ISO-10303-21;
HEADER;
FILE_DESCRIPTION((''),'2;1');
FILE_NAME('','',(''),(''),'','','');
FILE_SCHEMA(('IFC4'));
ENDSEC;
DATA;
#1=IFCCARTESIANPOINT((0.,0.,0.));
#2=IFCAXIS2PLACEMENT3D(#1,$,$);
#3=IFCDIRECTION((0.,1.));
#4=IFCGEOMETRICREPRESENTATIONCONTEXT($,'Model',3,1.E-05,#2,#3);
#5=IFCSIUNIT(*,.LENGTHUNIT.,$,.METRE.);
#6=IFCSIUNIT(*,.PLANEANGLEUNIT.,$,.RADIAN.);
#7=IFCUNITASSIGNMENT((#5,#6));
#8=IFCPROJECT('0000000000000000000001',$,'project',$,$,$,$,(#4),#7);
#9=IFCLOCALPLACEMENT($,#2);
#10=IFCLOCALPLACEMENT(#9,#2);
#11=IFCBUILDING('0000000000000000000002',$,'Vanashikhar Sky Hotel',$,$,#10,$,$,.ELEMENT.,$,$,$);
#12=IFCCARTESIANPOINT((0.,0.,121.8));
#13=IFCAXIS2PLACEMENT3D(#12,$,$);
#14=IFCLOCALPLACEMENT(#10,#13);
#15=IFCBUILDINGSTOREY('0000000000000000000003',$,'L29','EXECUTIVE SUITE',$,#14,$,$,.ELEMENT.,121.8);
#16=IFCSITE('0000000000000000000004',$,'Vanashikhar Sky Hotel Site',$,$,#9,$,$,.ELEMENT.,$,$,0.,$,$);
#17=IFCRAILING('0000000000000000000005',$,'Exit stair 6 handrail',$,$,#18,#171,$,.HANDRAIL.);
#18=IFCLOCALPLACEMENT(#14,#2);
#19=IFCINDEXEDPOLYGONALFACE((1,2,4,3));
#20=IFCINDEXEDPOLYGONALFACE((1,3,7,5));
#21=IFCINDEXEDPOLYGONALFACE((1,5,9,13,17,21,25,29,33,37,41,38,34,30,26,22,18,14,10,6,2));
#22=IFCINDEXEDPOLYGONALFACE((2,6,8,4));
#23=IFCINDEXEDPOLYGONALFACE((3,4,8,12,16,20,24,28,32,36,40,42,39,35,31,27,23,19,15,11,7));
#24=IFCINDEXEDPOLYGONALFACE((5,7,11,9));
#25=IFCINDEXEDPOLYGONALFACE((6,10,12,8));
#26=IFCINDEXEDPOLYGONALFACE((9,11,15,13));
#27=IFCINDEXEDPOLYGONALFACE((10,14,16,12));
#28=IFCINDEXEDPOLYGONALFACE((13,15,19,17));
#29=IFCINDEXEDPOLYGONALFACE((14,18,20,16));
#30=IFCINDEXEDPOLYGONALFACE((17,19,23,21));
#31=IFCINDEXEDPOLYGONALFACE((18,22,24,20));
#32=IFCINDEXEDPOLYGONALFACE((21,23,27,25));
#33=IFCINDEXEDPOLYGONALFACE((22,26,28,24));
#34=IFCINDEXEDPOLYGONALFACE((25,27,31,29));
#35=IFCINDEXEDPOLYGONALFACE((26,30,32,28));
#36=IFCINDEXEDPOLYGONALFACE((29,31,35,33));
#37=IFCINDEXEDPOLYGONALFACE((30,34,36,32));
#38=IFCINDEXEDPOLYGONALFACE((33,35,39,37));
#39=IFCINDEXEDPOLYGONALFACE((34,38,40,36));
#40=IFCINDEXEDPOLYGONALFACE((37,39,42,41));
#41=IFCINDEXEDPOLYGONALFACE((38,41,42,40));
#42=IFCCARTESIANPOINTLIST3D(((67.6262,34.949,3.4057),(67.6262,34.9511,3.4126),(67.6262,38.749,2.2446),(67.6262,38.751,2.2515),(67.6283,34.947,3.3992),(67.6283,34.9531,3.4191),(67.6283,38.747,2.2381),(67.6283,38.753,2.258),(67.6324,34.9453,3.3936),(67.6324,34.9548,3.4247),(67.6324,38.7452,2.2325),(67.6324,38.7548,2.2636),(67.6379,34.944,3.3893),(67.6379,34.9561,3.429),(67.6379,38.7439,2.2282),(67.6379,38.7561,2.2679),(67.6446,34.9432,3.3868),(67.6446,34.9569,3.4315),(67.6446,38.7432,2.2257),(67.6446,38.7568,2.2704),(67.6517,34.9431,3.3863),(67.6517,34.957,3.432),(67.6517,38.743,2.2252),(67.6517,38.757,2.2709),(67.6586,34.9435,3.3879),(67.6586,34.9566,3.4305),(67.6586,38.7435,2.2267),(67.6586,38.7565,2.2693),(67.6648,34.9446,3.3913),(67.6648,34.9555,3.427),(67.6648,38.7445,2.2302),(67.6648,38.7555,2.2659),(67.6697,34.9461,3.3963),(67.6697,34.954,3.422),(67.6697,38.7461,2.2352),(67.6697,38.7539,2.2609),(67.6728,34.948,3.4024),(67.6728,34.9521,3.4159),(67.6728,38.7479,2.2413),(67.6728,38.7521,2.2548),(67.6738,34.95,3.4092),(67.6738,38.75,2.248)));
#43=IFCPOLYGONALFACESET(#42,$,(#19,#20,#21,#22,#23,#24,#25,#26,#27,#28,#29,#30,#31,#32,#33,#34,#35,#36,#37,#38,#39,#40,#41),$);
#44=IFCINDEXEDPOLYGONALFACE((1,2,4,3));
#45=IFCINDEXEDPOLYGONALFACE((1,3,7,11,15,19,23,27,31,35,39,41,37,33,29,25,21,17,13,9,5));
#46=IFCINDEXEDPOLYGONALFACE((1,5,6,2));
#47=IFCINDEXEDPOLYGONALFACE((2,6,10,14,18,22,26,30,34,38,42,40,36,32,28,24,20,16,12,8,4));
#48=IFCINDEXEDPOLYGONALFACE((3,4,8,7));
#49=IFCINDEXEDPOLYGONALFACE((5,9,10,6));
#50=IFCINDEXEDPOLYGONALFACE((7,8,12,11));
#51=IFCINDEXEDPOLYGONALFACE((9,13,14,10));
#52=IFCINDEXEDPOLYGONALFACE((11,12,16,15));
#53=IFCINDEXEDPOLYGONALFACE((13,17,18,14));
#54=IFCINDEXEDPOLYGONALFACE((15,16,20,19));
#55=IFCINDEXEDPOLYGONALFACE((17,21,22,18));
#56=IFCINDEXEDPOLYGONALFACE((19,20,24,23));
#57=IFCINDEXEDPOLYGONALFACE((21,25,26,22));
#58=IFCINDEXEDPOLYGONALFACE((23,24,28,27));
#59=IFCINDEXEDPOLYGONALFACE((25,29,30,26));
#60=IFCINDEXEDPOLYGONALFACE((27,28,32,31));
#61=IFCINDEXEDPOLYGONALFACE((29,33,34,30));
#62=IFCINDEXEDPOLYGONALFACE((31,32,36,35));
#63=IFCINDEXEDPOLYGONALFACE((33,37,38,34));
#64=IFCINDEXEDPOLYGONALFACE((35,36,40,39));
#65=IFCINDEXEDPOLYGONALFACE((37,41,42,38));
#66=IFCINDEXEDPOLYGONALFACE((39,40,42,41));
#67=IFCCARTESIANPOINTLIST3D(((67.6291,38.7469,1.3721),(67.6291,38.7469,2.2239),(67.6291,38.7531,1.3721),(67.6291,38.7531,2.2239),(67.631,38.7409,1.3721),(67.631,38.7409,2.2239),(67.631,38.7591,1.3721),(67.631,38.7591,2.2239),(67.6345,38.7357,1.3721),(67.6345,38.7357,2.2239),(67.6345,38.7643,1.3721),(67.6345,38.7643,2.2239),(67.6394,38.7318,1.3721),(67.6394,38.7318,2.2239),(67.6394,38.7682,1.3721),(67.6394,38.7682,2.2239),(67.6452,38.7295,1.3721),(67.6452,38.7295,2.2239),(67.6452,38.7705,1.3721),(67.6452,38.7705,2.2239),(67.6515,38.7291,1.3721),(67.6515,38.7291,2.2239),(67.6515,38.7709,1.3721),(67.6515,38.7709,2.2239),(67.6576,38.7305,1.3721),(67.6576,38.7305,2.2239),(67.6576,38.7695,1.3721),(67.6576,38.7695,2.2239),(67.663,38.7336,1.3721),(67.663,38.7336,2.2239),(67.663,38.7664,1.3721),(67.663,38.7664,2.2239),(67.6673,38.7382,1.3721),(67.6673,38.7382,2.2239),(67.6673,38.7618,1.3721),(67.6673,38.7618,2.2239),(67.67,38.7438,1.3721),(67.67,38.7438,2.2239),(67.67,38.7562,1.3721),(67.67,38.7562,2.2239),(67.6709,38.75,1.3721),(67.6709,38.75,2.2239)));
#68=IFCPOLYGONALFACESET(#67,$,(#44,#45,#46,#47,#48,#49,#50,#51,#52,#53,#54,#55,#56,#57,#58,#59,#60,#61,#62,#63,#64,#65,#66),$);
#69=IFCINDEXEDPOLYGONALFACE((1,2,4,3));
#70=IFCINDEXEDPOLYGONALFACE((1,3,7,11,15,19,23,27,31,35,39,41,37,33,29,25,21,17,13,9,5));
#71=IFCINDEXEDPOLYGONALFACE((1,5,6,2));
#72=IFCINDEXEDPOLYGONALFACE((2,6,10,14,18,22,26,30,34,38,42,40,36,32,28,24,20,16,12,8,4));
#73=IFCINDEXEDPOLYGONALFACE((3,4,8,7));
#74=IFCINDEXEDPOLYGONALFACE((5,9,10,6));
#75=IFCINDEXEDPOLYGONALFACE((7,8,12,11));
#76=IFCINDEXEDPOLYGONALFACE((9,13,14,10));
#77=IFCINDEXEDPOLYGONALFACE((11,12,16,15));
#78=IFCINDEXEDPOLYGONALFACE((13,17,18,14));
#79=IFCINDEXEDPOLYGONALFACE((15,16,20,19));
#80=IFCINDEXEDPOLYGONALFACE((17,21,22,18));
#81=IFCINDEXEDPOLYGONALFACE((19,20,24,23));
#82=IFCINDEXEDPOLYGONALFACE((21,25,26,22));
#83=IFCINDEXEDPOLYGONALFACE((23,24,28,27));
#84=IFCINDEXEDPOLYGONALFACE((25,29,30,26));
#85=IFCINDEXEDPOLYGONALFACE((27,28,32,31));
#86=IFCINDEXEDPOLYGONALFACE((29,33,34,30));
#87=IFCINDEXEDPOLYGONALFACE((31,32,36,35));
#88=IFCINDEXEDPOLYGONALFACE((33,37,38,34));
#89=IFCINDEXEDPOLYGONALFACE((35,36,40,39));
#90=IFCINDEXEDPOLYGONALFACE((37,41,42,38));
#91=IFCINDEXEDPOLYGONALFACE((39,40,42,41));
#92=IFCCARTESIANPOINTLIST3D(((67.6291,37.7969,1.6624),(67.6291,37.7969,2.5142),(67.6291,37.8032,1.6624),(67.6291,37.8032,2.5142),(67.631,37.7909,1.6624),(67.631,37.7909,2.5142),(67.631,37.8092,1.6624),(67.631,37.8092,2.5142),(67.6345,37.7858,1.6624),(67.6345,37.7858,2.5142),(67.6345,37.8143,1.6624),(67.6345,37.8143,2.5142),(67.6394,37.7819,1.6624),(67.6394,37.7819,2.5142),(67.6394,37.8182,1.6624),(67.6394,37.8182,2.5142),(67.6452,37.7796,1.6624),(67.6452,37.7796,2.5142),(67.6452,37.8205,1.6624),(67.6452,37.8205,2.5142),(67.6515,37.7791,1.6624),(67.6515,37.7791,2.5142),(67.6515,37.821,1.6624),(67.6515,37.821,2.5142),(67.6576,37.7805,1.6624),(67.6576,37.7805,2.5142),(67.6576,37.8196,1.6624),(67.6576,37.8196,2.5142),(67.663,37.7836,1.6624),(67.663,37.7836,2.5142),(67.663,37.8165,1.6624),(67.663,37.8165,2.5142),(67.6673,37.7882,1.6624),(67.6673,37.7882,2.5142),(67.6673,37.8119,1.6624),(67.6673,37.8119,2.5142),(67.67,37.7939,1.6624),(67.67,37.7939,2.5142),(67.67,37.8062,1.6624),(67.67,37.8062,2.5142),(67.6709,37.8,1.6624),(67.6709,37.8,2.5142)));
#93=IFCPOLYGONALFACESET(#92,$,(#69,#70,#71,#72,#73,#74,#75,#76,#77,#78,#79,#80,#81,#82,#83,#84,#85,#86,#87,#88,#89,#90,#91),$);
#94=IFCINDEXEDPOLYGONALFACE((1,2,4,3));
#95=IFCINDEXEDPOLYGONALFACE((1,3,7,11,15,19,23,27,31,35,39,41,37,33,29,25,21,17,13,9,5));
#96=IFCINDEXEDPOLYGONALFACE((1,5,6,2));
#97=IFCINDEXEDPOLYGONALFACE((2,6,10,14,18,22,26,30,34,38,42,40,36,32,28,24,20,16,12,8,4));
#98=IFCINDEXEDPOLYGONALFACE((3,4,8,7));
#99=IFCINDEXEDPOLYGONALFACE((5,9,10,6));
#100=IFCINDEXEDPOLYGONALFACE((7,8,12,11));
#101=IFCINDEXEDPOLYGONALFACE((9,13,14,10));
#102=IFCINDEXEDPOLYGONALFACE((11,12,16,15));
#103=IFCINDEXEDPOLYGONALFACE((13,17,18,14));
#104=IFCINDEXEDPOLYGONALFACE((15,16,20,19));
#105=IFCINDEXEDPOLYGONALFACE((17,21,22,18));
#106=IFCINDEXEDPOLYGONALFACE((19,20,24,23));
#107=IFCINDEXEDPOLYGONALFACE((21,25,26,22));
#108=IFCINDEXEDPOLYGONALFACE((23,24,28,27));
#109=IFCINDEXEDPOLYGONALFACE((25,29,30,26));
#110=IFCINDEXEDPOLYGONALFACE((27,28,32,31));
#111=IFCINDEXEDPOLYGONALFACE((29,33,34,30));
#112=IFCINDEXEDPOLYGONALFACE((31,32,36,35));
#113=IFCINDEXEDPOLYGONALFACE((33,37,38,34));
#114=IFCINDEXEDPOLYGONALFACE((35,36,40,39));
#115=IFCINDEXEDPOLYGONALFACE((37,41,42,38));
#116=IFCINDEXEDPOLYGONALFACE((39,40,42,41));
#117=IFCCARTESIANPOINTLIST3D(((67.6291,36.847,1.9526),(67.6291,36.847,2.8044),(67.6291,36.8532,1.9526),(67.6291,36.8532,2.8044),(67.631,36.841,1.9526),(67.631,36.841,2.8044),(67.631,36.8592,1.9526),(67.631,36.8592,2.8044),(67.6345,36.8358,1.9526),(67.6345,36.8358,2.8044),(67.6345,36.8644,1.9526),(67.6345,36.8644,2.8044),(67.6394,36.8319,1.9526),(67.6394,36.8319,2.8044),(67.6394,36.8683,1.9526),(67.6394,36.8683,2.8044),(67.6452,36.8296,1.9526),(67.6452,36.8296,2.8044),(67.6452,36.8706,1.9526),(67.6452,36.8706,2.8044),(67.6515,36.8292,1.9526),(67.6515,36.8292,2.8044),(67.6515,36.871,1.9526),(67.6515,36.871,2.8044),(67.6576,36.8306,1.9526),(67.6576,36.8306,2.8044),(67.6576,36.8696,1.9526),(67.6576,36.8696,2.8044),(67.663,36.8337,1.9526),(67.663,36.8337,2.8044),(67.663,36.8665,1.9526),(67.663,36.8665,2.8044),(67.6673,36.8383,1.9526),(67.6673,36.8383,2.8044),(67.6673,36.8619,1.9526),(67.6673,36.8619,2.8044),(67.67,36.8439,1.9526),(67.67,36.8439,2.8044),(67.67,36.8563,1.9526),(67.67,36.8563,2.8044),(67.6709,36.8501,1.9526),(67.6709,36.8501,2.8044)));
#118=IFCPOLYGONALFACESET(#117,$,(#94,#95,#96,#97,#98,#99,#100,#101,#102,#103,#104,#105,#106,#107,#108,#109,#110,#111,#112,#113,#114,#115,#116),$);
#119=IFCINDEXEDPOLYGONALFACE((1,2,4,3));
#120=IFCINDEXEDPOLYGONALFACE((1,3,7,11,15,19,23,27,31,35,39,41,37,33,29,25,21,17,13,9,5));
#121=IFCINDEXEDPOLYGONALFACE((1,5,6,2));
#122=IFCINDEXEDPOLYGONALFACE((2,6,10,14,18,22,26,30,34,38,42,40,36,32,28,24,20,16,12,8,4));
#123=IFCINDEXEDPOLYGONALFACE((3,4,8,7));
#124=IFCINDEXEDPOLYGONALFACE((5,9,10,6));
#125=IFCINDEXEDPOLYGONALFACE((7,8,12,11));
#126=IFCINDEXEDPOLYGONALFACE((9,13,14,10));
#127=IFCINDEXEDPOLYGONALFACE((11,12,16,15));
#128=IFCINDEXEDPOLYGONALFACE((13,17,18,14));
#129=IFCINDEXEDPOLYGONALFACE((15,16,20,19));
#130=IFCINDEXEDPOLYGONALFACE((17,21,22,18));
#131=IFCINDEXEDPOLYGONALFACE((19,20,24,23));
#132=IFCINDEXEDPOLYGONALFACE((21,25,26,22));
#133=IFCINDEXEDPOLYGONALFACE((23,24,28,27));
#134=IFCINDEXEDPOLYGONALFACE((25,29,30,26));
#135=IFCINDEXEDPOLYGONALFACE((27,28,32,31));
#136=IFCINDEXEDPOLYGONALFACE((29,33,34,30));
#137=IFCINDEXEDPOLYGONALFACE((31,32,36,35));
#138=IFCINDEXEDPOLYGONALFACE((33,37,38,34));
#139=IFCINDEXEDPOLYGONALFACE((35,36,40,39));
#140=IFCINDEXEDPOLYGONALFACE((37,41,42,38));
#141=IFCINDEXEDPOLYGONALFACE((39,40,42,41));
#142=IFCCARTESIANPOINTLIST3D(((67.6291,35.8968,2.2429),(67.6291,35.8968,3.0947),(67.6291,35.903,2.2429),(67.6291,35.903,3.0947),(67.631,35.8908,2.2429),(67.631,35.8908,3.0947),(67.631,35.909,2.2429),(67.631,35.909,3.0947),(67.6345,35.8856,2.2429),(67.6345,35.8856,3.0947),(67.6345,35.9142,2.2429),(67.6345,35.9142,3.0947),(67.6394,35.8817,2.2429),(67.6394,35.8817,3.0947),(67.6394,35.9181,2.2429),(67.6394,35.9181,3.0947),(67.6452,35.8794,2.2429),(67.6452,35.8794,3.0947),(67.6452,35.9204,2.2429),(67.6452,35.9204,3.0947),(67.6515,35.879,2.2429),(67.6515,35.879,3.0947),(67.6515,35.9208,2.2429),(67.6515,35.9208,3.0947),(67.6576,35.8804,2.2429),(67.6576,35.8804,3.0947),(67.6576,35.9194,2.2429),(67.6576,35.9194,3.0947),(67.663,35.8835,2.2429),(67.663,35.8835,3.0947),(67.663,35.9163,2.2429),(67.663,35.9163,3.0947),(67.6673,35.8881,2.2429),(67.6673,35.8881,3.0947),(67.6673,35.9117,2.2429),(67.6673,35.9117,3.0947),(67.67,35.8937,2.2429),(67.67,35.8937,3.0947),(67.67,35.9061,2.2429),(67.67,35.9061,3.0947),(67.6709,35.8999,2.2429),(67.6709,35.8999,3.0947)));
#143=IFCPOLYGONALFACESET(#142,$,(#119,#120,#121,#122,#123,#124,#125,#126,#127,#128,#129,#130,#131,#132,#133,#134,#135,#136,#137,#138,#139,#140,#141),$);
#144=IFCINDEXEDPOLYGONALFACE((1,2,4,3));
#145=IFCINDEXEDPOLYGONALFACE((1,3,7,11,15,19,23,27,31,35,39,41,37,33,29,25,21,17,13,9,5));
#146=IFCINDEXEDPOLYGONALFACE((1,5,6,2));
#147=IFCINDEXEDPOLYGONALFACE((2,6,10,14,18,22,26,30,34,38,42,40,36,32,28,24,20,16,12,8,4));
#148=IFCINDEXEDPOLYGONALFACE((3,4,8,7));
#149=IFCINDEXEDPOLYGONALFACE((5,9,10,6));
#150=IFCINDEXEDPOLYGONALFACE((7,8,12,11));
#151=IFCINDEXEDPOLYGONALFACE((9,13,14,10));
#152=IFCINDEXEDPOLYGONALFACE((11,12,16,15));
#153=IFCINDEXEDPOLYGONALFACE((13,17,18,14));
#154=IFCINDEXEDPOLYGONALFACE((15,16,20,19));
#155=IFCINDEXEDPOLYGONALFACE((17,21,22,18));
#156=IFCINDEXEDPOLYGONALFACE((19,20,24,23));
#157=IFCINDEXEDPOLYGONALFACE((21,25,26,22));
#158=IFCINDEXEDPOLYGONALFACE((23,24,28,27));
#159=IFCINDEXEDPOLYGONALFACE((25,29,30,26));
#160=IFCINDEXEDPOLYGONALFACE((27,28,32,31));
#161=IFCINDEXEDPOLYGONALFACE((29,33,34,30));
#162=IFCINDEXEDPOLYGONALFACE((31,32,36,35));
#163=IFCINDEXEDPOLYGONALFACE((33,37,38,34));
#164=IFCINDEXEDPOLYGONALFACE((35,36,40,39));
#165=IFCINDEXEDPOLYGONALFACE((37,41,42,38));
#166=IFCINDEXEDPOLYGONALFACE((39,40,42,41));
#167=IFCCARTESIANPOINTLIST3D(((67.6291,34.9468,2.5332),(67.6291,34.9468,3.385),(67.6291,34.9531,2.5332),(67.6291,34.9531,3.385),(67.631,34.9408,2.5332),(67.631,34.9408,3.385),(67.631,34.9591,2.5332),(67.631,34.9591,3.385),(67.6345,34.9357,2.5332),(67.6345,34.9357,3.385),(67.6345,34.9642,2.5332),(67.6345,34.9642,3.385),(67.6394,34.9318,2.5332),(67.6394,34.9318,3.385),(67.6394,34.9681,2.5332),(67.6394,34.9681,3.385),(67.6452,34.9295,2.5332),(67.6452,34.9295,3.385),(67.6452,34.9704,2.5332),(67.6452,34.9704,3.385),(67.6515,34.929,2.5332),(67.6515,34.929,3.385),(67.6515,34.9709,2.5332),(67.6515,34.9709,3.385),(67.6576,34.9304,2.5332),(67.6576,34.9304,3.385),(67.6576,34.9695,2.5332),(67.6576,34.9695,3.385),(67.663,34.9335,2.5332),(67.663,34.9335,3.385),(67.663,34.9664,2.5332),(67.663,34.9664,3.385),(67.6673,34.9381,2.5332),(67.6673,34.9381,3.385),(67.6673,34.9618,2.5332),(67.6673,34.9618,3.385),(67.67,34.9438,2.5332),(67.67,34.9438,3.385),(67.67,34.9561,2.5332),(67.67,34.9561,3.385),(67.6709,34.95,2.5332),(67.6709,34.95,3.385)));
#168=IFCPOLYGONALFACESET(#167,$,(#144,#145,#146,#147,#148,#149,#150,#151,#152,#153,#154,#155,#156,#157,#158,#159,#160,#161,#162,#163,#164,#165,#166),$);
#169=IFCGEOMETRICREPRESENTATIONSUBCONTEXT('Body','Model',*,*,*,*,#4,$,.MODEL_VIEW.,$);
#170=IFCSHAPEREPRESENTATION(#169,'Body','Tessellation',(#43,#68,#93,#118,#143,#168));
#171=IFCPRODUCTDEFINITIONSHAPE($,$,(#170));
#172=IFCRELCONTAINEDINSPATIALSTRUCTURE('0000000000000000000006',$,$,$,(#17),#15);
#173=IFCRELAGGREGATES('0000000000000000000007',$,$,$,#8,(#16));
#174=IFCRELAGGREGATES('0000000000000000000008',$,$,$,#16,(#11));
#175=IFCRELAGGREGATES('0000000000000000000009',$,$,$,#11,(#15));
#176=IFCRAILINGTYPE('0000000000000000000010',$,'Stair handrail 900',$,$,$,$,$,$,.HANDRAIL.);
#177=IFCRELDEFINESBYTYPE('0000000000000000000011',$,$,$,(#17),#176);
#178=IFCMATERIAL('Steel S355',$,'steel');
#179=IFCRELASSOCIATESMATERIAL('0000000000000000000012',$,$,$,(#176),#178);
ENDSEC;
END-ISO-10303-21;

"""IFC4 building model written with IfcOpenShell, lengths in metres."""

from ifc_helpers import new_model, si_unit, direction, frame, origin, origin_2d, place, context, subcontext, project, spatial, circle, extrude, source, transform, mapped, material, type_object, element, save


model = new_model("IFC4")

# Units and contexts
model_context = context("Model", 3, precision=1e-05, world=origin(), true_north=direction((0.0, 1.0)))
body_context = subcontext(model_context, "Body", "Model", "MODEL_VIEW")
ifc_project = project(units=[si_unit("LENGTHUNIT", "METRE"), si_unit("PLANEANGLEUNIT", "RADIAN")], contexts=[model_context])

# Site, building, storey
site_placement = place(None, origin())
site = spatial("IfcSite", under=ifc_project, at=site_placement, Name="Vanashikhar Sky Hotel Site", CompositionType="ELEMENT", RefElevation=0.0)
building_placement = place(site_placement, origin())
building = spatial("IfcBuilding", under=site, at=building_placement, Name="Vanashikhar Sky Hotel", CompositionType="ELEMENT")
storey_placement = place(building_placement, frame((0.0, 0.0, 121.8)))
storey = spatial("IfcBuildingStorey", under=building, at=storey_placement, Name="L29", Description="EXECUTIVE SUITE", CompositionType="ELEMENT", Elevation=121.8)

# Railing
ifc_material_1 = material(Name="Steel S355", Category="steel")
railing_type_1 = type_object("IfcRailingType", Name="Stair handrail 900", PredefinedType="HANDRAIL", material=ifc_material_1)
shared_shape_1 = source(origin(), body_context, "Body", "SweptSolid", [
    extrude(circle(Radius=0.0239, at=origin_2d()), frame((0.0, 0.0, 0.876), z_axis=(0.0, -0.956351, 0.29222), x_axis=(1.0, 0.0, 0.0)), (0.0, 0.0, 1.0), 3.9734),
    extrude(circle(Radius=0.021, at=origin_2d()), origin(), (0.0, 0.0, 1.0), 0.8518),
    extrude(circle(Radius=0.021, at=origin_2d()), frame((0.0, -0.95, 0.2903)), (0.0, 0.0, 1.0), 0.8518),
    extrude(circle(Radius=0.021, at=origin_2d()), frame((0.0, -1.8999, 0.5806)), (0.0, 0.0, 1.0), 0.8518),
    extrude(circle(Radius=0.021, at=origin_2d()), frame((0.0, -2.8501, 0.8708)), (0.0, 0.0, 1.0), 0.8518),
    extrude(circle(Radius=0.021, at=origin_2d()), frame((0.0, -3.8, 1.1611)), (0.0, 0.0, 1.0), 0.8518),
])
for number, where, name in (
    (1, (67.6499, 38.75, 1.3721), "Exit stair 6 handrail"),
):
    element("IfcRailing", number, at=place(storey_placement, frame(where)), inside=storey, type_object=railing_type_1, Name=name, PredefinedType="HANDRAIL", context=body_context, shape_type="MappedRepresentation", body=[
        mapped(shared_shape_1, transform((0.0, 0.0, 0.0), scale=1.0)),
    ])

save(model, "model.ifc")
